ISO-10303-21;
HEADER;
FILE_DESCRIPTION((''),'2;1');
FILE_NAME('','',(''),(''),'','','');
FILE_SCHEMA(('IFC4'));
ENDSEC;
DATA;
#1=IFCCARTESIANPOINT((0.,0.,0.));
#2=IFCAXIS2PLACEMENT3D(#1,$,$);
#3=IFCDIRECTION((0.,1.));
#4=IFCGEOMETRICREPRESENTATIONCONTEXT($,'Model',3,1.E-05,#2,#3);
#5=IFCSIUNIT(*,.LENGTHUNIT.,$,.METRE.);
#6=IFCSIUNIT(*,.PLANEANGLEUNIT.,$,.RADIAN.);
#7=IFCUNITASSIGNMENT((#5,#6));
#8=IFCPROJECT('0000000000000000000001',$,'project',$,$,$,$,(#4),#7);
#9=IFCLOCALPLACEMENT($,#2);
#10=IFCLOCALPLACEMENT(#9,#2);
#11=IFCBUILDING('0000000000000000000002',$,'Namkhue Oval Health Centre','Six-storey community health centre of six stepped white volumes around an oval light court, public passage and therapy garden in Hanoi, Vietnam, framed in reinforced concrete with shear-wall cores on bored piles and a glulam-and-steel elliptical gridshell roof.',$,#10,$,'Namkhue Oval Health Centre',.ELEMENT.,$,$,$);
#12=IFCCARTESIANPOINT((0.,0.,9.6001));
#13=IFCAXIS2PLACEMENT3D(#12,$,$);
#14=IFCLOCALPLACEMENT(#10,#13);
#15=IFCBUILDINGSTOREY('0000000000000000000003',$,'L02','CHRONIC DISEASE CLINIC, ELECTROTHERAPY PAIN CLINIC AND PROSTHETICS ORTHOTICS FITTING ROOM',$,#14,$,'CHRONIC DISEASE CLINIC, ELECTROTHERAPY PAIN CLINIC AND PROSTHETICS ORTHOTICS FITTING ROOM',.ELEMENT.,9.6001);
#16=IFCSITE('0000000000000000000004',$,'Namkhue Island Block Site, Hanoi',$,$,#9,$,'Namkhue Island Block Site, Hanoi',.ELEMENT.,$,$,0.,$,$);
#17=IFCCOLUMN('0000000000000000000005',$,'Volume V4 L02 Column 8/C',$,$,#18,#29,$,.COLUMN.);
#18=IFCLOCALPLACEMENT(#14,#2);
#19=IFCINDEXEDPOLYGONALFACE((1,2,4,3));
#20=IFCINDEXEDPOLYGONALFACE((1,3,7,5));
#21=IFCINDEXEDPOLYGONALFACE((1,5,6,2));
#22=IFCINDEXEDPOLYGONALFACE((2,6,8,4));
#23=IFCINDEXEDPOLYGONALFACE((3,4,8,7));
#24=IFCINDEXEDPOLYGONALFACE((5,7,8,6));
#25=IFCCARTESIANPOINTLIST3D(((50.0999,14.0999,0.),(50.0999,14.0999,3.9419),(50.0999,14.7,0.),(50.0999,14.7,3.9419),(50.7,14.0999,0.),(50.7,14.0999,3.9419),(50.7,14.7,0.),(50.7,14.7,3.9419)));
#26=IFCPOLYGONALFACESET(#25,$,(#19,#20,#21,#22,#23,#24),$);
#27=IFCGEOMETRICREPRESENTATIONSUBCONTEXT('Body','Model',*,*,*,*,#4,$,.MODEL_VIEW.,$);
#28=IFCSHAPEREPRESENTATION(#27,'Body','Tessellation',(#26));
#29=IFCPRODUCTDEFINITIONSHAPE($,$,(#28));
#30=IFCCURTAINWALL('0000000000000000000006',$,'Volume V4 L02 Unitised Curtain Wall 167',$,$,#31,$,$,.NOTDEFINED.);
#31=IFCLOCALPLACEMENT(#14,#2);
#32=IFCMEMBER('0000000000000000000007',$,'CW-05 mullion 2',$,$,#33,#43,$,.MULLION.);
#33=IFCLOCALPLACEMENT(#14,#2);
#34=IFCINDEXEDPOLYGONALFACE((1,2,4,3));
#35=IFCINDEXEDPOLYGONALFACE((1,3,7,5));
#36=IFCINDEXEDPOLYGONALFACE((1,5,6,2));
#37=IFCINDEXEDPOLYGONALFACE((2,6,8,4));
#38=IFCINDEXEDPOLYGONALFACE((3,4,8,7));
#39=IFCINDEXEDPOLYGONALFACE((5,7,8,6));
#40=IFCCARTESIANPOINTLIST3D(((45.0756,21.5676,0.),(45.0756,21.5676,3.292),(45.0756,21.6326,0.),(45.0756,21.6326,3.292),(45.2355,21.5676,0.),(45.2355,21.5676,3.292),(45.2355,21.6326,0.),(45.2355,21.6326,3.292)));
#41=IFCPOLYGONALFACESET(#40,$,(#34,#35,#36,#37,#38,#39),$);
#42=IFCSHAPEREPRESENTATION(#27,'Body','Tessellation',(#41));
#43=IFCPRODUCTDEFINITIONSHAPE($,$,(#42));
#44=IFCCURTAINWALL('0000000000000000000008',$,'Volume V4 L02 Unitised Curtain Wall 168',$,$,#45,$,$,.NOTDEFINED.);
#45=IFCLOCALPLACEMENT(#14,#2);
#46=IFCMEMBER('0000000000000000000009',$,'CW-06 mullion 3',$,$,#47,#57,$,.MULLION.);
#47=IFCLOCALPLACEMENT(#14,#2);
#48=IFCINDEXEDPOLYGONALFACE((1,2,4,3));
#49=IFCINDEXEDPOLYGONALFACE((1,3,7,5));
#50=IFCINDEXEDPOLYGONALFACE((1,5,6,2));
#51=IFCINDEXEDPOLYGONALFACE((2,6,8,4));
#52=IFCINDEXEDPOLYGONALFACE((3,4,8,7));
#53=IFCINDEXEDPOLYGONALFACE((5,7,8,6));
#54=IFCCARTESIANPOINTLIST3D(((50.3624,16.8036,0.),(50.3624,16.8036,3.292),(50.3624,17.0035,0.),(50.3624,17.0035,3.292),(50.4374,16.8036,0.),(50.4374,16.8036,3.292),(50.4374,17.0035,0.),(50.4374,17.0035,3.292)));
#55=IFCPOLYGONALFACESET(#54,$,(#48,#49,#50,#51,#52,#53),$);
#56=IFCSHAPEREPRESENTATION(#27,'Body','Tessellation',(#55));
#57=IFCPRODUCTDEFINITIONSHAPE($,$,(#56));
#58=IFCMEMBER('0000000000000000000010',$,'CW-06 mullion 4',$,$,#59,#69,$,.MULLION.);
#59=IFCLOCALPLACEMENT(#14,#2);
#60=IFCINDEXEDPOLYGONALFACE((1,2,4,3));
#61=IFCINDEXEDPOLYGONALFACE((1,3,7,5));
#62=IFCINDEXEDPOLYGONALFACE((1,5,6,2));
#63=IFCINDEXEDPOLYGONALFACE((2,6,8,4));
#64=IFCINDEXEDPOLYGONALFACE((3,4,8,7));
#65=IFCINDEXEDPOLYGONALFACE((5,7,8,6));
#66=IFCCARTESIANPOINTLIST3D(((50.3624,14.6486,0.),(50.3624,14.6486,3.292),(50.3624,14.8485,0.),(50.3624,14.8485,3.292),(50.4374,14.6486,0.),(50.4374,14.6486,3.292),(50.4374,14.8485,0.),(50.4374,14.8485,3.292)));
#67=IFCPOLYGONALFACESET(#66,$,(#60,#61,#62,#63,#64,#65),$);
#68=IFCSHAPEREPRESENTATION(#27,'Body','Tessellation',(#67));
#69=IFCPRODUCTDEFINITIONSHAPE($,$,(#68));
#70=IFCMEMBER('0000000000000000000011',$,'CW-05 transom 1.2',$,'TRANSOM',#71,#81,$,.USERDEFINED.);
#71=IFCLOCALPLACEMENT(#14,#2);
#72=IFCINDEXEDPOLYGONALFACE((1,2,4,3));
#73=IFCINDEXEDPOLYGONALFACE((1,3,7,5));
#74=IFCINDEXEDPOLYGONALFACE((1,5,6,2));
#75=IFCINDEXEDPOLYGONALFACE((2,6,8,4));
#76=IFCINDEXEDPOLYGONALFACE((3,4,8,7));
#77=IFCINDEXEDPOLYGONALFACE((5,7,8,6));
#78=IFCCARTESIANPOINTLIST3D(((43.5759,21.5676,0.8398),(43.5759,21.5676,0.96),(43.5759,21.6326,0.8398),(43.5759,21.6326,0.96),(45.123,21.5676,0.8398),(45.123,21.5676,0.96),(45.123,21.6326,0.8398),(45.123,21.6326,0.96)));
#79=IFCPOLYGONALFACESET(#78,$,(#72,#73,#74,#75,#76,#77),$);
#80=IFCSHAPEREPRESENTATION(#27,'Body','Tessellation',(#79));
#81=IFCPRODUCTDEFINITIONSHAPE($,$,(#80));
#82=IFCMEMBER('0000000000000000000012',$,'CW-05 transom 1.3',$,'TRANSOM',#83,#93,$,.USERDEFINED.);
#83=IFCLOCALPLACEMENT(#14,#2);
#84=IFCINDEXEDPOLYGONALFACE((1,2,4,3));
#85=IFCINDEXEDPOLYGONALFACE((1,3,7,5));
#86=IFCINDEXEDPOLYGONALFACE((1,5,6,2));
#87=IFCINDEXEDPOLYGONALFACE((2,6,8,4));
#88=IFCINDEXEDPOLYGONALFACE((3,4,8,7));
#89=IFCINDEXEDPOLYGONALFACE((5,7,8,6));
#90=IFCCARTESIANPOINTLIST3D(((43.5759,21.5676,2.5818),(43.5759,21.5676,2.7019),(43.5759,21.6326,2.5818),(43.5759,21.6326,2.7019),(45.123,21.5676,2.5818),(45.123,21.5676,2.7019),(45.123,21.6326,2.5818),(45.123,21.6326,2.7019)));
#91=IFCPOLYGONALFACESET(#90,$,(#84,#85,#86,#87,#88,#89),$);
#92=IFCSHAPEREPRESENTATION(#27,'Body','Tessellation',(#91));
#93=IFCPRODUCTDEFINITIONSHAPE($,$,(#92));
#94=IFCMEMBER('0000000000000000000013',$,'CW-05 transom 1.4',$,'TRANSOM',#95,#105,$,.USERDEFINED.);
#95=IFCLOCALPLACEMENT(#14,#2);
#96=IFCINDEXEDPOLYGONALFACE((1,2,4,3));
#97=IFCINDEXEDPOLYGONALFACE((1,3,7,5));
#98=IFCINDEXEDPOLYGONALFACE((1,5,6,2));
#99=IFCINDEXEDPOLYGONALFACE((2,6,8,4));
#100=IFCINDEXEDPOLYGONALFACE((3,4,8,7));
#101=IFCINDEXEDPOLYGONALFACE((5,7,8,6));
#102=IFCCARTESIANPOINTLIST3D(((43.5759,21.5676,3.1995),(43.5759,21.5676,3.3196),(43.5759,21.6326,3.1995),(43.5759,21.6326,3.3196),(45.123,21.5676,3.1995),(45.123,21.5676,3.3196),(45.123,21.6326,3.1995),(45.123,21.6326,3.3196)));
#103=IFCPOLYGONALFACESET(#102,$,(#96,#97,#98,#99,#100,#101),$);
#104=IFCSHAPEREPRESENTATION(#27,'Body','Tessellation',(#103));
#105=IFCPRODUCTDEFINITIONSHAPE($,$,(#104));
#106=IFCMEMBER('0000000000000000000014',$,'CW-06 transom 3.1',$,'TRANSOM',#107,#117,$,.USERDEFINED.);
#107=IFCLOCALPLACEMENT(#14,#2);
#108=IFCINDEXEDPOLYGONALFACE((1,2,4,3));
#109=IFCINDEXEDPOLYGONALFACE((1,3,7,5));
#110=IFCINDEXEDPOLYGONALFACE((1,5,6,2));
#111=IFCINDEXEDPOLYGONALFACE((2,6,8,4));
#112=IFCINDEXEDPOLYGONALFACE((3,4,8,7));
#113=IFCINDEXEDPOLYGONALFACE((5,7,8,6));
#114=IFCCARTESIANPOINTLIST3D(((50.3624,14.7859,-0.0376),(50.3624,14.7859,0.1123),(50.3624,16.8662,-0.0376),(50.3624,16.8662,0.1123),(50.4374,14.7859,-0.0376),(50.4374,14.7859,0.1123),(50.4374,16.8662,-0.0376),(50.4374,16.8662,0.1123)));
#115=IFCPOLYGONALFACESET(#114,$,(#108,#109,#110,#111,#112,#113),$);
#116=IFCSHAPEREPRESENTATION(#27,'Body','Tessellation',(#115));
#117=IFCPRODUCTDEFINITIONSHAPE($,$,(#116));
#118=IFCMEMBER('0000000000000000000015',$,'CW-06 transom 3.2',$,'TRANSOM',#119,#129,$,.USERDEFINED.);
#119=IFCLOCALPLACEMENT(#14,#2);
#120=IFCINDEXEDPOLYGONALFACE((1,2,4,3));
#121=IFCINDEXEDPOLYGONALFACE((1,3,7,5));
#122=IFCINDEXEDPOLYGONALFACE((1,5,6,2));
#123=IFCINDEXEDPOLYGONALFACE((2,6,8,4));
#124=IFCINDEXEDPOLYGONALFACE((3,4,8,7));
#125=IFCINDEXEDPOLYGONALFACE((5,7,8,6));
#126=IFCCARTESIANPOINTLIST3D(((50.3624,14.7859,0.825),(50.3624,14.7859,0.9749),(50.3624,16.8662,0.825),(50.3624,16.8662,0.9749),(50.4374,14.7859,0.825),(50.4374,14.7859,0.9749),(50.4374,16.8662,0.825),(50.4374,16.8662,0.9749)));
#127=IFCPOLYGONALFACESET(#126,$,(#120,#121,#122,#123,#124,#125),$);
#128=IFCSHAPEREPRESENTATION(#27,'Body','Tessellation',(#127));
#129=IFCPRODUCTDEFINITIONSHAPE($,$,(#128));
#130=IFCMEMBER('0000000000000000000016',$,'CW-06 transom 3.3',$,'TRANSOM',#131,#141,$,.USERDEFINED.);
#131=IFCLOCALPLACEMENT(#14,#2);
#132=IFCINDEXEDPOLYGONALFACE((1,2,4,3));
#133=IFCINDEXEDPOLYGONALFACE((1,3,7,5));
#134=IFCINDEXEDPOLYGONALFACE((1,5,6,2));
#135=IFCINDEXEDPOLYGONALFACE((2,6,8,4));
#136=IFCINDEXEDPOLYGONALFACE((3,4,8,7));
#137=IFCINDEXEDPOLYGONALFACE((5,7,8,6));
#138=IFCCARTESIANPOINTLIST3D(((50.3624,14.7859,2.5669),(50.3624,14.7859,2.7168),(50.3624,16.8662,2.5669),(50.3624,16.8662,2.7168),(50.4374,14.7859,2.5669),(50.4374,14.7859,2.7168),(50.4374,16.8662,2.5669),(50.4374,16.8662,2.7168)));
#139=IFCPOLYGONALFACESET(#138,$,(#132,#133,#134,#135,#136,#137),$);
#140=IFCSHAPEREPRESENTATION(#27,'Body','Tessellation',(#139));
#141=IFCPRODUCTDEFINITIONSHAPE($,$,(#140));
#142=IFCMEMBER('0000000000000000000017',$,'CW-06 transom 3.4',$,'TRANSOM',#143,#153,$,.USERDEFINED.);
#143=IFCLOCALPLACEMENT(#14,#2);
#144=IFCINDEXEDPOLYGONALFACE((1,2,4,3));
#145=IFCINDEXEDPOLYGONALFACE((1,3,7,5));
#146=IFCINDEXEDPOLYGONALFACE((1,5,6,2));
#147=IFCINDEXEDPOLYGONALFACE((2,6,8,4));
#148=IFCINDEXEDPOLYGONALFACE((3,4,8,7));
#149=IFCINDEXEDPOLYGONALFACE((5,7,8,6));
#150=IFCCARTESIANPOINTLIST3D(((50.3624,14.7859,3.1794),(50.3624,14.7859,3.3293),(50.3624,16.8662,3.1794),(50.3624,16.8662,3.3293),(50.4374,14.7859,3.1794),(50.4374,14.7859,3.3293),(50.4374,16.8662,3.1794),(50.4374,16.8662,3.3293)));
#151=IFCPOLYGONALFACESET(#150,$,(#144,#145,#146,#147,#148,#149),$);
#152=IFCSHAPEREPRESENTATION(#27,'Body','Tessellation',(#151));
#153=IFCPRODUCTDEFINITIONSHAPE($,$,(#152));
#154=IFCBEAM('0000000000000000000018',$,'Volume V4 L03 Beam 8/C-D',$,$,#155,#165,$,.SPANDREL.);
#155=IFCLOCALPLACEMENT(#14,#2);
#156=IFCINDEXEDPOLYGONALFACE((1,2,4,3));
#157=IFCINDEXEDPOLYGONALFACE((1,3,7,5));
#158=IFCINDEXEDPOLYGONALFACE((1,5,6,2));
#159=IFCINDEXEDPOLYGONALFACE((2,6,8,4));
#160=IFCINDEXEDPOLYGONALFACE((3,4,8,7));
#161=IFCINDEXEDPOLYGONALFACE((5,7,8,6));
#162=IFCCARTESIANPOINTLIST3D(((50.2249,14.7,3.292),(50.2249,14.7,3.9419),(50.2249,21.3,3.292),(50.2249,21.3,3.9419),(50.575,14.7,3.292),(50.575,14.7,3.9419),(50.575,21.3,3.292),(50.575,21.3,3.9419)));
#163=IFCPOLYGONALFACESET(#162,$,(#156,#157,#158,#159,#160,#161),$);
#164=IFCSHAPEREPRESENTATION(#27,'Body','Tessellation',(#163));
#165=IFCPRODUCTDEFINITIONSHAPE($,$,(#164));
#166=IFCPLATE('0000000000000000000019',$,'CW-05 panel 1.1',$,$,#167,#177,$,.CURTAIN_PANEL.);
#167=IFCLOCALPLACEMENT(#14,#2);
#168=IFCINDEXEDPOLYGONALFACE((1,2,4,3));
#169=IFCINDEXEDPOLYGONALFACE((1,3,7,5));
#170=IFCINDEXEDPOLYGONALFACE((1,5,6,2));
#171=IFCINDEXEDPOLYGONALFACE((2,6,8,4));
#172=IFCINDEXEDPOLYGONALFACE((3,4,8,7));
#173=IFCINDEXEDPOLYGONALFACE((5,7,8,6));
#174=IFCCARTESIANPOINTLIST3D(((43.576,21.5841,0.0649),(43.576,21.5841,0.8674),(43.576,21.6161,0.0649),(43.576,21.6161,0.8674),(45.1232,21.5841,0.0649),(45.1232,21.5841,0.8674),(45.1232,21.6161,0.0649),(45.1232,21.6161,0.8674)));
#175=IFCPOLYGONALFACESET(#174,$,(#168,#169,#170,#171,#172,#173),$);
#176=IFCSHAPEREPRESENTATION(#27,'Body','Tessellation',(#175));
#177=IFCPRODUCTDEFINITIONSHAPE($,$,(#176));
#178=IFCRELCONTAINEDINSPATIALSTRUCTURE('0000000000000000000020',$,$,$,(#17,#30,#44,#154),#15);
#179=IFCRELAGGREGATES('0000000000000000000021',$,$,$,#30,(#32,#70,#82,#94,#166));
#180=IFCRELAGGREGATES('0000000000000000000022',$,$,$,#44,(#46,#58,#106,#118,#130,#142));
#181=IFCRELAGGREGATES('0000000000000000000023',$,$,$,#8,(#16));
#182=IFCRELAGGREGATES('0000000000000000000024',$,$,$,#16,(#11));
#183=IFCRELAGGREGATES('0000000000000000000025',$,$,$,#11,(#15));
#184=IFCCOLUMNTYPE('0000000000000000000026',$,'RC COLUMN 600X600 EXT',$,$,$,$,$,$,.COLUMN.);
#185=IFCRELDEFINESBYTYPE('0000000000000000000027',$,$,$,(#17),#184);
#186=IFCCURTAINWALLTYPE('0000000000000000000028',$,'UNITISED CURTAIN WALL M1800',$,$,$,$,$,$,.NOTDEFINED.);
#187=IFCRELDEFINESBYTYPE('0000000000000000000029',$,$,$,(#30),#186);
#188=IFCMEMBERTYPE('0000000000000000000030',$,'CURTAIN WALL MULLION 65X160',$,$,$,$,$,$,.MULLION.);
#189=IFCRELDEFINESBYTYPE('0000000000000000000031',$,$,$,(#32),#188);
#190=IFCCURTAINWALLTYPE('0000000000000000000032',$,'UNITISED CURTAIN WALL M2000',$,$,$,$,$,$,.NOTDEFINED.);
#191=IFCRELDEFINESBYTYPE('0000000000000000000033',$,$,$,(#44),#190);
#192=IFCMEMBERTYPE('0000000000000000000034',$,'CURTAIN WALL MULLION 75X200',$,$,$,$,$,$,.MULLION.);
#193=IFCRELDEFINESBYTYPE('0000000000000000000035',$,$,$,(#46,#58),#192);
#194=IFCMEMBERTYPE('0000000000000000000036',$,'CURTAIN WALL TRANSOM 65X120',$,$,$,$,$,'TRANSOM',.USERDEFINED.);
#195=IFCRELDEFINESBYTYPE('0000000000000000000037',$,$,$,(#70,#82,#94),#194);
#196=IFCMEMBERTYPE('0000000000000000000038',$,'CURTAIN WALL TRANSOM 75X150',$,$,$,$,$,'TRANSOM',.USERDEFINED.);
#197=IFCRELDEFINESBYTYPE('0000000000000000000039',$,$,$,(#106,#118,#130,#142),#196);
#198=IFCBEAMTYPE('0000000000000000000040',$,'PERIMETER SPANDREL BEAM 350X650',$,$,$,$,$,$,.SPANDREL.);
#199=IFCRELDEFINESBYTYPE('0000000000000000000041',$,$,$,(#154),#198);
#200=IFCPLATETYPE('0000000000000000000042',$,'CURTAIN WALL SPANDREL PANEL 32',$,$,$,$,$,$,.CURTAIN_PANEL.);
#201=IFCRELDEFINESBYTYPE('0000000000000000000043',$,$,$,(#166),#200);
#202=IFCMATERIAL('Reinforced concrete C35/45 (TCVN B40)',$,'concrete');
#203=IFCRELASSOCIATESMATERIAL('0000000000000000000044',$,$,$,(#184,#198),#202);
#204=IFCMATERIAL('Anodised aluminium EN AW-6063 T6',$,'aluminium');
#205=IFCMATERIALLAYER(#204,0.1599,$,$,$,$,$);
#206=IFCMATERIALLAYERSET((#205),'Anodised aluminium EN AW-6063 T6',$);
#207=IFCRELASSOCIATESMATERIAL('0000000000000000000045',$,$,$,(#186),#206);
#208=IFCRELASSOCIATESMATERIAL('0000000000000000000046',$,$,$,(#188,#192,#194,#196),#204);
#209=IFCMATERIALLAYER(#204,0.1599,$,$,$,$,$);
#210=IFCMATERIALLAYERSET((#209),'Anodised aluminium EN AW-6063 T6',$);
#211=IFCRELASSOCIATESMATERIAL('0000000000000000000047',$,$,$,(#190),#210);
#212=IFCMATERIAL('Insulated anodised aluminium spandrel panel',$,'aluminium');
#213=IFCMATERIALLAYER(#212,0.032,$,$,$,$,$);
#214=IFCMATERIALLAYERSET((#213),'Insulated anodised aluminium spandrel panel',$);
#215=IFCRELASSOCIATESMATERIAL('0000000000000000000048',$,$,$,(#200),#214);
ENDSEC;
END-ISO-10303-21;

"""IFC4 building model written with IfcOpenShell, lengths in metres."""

from ifc_helpers import new_model, si_unit, direction, frame, origin, origin_2d, place, context, subcontext, project, spatial, rectangle, extrude, material, layer, layer_set, material_profile, profile_set, type_object, element, aggregate, save


model = new_model("IFC4")

# Units and contexts
model_context = context("Model", 3, precision=1e-05, world=origin(), true_north=direction((0.0, 1.0)))
body_context = subcontext(model_context, "Body", "Model", "MODEL_VIEW")
ifc_project = project(units=[si_unit("LENGTHUNIT", "METRE"), si_unit("PLANEANGLEUNIT", "RADIAN")], contexts=[model_context])

# Site, building, storey
site_placement = place(None, origin())
site = spatial("IfcSite", under=ifc_project, at=site_placement, Name="Namkhue Island Block Site, Hanoi", LongName="Namkhue Island Block Site, Hanoi", CompositionType="ELEMENT", RefElevation=0.0)
building_placement = place(site_placement, origin())
building = spatial("IfcBuilding", under=site, at=building_placement, Name="Namkhue Oval Health Centre", Description="Six-storey community health centre of six stepped white volumes around an oval light court, public passage and therapy garden in Hanoi, Vietnam, framed in reinforced concrete with shear-wall cores on bored piles and a glulam-and-steel elliptical gridshell roof.", LongName="Namkhue Oval Health Centre", CompositionType="ELEMENT")
storey_placement = place(building_placement, frame((0.0, 0.0, 9.6001)))
storey = spatial("IfcBuildingStorey", under=building, at=storey_placement, Name="L02", Description="CHRONIC DISEASE CLINIC, ELECTROTHERAPY PAIN CLINIC AND PROSTHETICS ORTHOTICS FITTING ROOM", LongName="CHRONIC DISEASE CLINIC, ELECTROTHERAPY PAIN CLINIC AND PROSTHETICS ORTHOTICS FITTING ROOM", CompositionType="ELEMENT", Elevation=9.6001)

# Column
ifc_material_1 = material(Name="Reinforced concrete C35/45 (TCVN B40)", Category="concrete")
ifc_material_profile_1 = material_profile(ifc_material_1, rectangle(XDim=0.6001, YDim=0.6001, at=origin_2d()), Name="RC 600x600")
ifc_profile_set_1 = profile_set([ifc_material_profile_1], Name="Reinforced concrete C35/45 (TCVN B40)")
column_type = type_object("IfcColumnType", Name="RC COLUMN 600X600 EXT", PredefinedType="COLUMN", material=ifc_profile_set_1)
column_placement = place(storey_placement, frame((50.3999, 14.3999, 0.0), z_axis=(0.0, 0.0, 1.0), x_axis=(1.0, 0.0, 0.0)))
element("IfcColumn", 1, at=column_placement, inside=storey, type_object=column_type, Name="Volume V4 L02 Column 8/C", PredefinedType="COLUMN", context=body_context, shape_type="SweptSolid", body=[
    extrude(rectangle(XDim=0.6001, YDim=0.6001, at=origin_2d()), origin(), (0.0, 0.0, 1.0), 3.9419),
])

# Curtain wall, member
ifc_material_2 = material(Name="Anodised aluminium EN AW-6063 T6", Category="aluminium")
ifc_layer_1 = layer(ifc_material_2, 0.1599)
ifc_layer_set_1 = layer_set([ifc_layer_1], Name="Anodised aluminium EN AW-6063 T6")
curtain_wall_type_1 = type_object("IfcCurtainWallType", Name="UNITISED CURTAIN WALL M1800", PredefinedType="NOTDEFINED", material=ifc_layer_set_1)
curtain_wall_1_placement = place(storey_placement, origin())
curtain_wall_1 = element("IfcCurtainWall", 2, at=curtain_wall_1_placement, inside=storey, type_object=curtain_wall_type_1, Name="Volume V4 L02 Unitised Curtain Wall 167", PredefinedType="NOTDEFINED")
ifc_material_profile_2 = material_profile(ifc_material_2, rectangle(XDim=0.0649, YDim=0.1599, at=origin_2d()), Name="ALU 65x160")
ifc_profile_set_2 = profile_set([ifc_material_profile_2], Name="Anodised aluminium EN AW-6063 T6")
member_type_1 = type_object("IfcMemberType", Name="CURTAIN WALL MULLION 65X160", PredefinedType="MULLION", material=ifc_profile_set_2)
member_1_placement = place(storey_placement, frame((45.1555, 21.6001, 0.0), z_axis=(0.0, 0.0, 1.0), x_axis=(0.0, 1.0, 0.0)))
member_1 = element("IfcMember", 3, at=member_1_placement, type_object=member_type_1, Name="CW-05 mullion 2", PredefinedType="MULLION", context=body_context, shape_type="SweptSolid", body=[
    extrude(rectangle(XDim=0.0649, YDim=0.1599, at=origin_2d()), origin(), (0.0, 0.0, 1.0), 3.292),
])

# Curtain wall, members
ifc_layer_2 = layer(ifc_material_2, 0.1599)
ifc_layer_set_2 = layer_set([ifc_layer_2], Name="Anodised aluminium EN AW-6063 T6")
curtain_wall_type_2 = type_object("IfcCurtainWallType", Name="UNITISED CURTAIN WALL M2000", PredefinedType="NOTDEFINED", material=ifc_layer_set_2)
curtain_wall_2_placement = place(storey_placement, origin())
curtain_wall_2 = element("IfcCurtainWall", 4, at=curtain_wall_2_placement, inside=storey, type_object=curtain_wall_type_2, Name="Volume V4 L02 Unitised Curtain Wall 168", PredefinedType="NOTDEFINED")
ifc_material_profile_3 = material_profile(ifc_material_2, rectangle(XDim=0.075, YDim=0.2, at=origin_2d()), Name="ALU 75x200")
ifc_profile_set_3 = profile_set([ifc_material_profile_3], Name="Anodised aluminium EN AW-6063 T6")
member_type_2 = type_object("IfcMemberType", Name="CURTAIN WALL MULLION 75X200", PredefinedType="MULLION", material=ifc_profile_set_3)
member_2_placement = place(storey_placement, frame((50.3999, 16.9036, 0.0), z_axis=(0.0, 0.0, 1.0), x_axis=(1.0, 0.0, 0.0)))
member_2 = element("IfcMember", 5, at=member_2_placement, type_object=member_type_2, Name="CW-06 mullion 3", PredefinedType="MULLION", context=body_context, shape_type="SweptSolid", body=[
    extrude(rectangle(XDim=0.075, YDim=0.2, at=origin_2d()), origin(), (0.0, 0.0, 1.0), 3.292),
])
member_3_placement = place(storey_placement, frame((50.3999, 14.7485, 0.0), z_axis=(0.0, 0.0, 1.0), x_axis=(1.0, 0.0, 0.0)))
member_3 = element("IfcMember", 6, at=member_3_placement, type_object=member_type_2, Name="CW-06 mullion 4", PredefinedType="MULLION", context=body_context, shape_type="SweptSolid", body=[
    extrude(rectangle(XDim=0.075, YDim=0.2, at=origin_2d()), origin(), (0.0, 0.0, 1.0), 3.292),
])

# Members
ifc_material_profile_4 = material_profile(ifc_material_2, rectangle(XDim=0.0649, YDim=0.1201, at=origin_2d()), Name="ALU 65x120")
ifc_profile_set_4 = profile_set([ifc_material_profile_4], Name="Anodised aluminium EN AW-6063 T6")
member_type_3 = type_object("IfcMemberType", Name="CURTAIN WALL TRANSOM 65X120", ElementType="TRANSOM", PredefinedType="USERDEFINED", material=ifc_profile_set_4)
member_4_placement = place(storey_placement, frame((43.5759, 21.6001, 0.8999), z_axis=(1.0, 0.0, 0.0), x_axis=(0.0, 1.0, 0.0)))
member_4 = element("IfcMember", 7, at=member_4_placement, type_object=member_type_3, Name="CW-05 transom 1.2", ObjectType="TRANSOM", PredefinedType="USERDEFINED", context=body_context, shape_type="SweptSolid", body=[
    extrude(rectangle(XDim=0.0649, YDim=0.1201, at=origin_2d()), origin(), (0.0, 0.0, 1.0), 1.5471),
])
member_5_placement = place(storey_placement, frame((43.5759, 21.6001, 2.6418), z_axis=(1.0, 0.0, 0.0), x_axis=(0.0, 1.0, 0.0)))
member_5 = element("IfcMember", 8, at=member_5_placement, type_object=member_type_3, Name="CW-05 transom 1.3", ObjectType="TRANSOM", PredefinedType="USERDEFINED", context=body_context, shape_type="SweptSolid", body=[
    extrude(rectangle(XDim=0.0649, YDim=0.1201, at=origin_2d()), origin(), (0.0, 0.0, 1.0), 1.5471),
])
member_6_placement = place(storey_placement, frame((43.5759, 21.6001, 3.2595), z_axis=(1.0, 0.0, 0.0), x_axis=(0.0, 1.0, 0.0)))
member_6 = element("IfcMember", 9, at=member_6_placement, type_object=member_type_3, Name="CW-05 transom 1.4", ObjectType="TRANSOM", PredefinedType="USERDEFINED", context=body_context, shape_type="SweptSolid", body=[
    extrude(rectangle(XDim=0.0649, YDim=0.1201, at=origin_2d()), origin(), (0.0, 0.0, 1.0), 1.5471),
])
ifc_material_profile_5 = material_profile(ifc_material_2, rectangle(XDim=0.075, YDim=0.1499, at=origin_2d()), Name="ALU 75x150")
ifc_profile_set_5 = profile_set([ifc_material_profile_5], Name="Anodised aluminium EN AW-6063 T6")
member_type_4 = type_object("IfcMemberType", Name="CURTAIN WALL TRANSOM 75X150", ElementType="TRANSOM", PredefinedType="USERDEFINED", material=ifc_profile_set_5)
member_7_placement = place(storey_placement, frame((50.3999, 16.8662, 0.0374), z_axis=(0.0, -1.0, 0.0), x_axis=(1.0, 0.0, 0.0)))
member_7 = element("IfcMember", 10, at=member_7_placement, type_object=member_type_4, Name="CW-06 transom 3.1", ObjectType="TRANSOM", PredefinedType="USERDEFINED", context=body_context, shape_type="SweptSolid", body=[
    extrude(rectangle(XDim=0.075, YDim=0.1499, at=origin_2d()), origin(), (0.0, 0.0, 1.0), 2.0803),
])
member_8_placement = place(storey_placement, frame((50.3999, 16.8662, 0.8999), z_axis=(0.0, -1.0, 0.0), x_axis=(1.0, 0.0, 0.0)))
member_8 = element("IfcMember", 11, at=member_8_placement, type_object=member_type_4, Name="CW-06 transom 3.2", ObjectType="TRANSOM", PredefinedType="USERDEFINED", context=body_context, shape_type="SweptSolid", body=[
    extrude(rectangle(XDim=0.075, YDim=0.1499, at=origin_2d()), origin(), (0.0, 0.0, 1.0), 2.0803),
])
member_9_placement = place(storey_placement, frame((50.3999, 16.8662, 2.6418), z_axis=(0.0, -1.0, 0.0), x_axis=(1.0, 0.0, 0.0)))
member_9 = element("IfcMember", 12, at=member_9_placement, type_object=member_type_4, Name="CW-06 transom 3.3", ObjectType="TRANSOM", PredefinedType="USERDEFINED", context=body_context, shape_type="SweptSolid", body=[
    extrude(rectangle(XDim=0.075, YDim=0.1499, at=origin_2d()), origin(), (0.0, 0.0, 1.0), 2.0803),
])
member_10_placement = place(storey_placement, frame((50.3999, 16.8662, 3.2544), z_axis=(0.0, -1.0, 0.0), x_axis=(1.0, 0.0, 0.0)))
member_10 = element("IfcMember", 13, at=member_10_placement, type_object=member_type_4, Name="CW-06 transom 3.4", ObjectType="TRANSOM", PredefinedType="USERDEFINED", context=body_context, shape_type="SweptSolid", body=[
    extrude(rectangle(XDim=0.075, YDim=0.1499, at=origin_2d()), origin(), (0.0, 0.0, 1.0), 2.0803),
])

# Beam
ifc_material_profile_6 = material_profile(ifc_material_1, rectangle(XDim=0.3501, YDim=0.6499, at=origin_2d()), Name="RC 350x650")
ifc_profile_set_6 = profile_set([ifc_material_profile_6], Name="Reinforced concrete C35/45 (TCVN B40)")
beam_type = type_object("IfcBeamType", Name="PERIMETER SPANDREL BEAM 350X650", PredefinedType="SPANDREL", material=ifc_profile_set_6)
beam_placement = place(storey_placement, frame((50.3999, 14.7, 3.6169), z_axis=(0.0, 1.0, 0.0), x_axis=(-1.0, 0.0, 0.0)))
element("IfcBeam", 14, at=beam_placement, inside=storey, type_object=beam_type, Name="Volume V4 L03 Beam 8/C-D", PredefinedType="SPANDREL", context=body_context, shape_type="SweptSolid", body=[
    extrude(rectangle(XDim=0.3501, YDim=0.6499, at=origin_2d()), origin(), (0.0, 0.0, 1.0), 6.6001),
])

# Plate
ifc_material_3 = material(Name="Insulated anodised aluminium spandrel panel", Category="aluminium")
ifc_layer_3 = layer(ifc_material_3, 0.032)
ifc_layer_set_3 = layer_set([ifc_layer_3], Name="Insulated anodised aluminium spandrel panel")
plate_type_1 = type_object("IfcPlateType", Name="CURTAIN WALL SPANDREL PANEL 32", PredefinedType="CURTAIN_PANEL", material=ifc_layer_set_3)
plate_1_placement = place(storey_placement, frame((44.3496, 21.6001, 0.0649), z_axis=(0.0, 0.0, 1.0), x_axis=(1.0, 0.0, 0.0)))
plate_1 = element("IfcPlate", 15, at=plate_1_placement, type_object=plate_type_1, Name="CW-05 panel 1.1", PredefinedType="CURTAIN_PANEL", context=body_context, shape_type="SweptSolid", body=[
    extrude(rectangle(XDim=1.5471, YDim=0.032, at=origin_2d()), origin(), (0.0, 0.0, 1.0), 0.8025),
])
aggregate(curtain_wall_1, [member_1, member_4, member_5, member_6, plate_1])
aggregate(curtain_wall_2, [member_2, member_3, member_7, member_8, member_9, member_10])

save(model, "model.ifc")
